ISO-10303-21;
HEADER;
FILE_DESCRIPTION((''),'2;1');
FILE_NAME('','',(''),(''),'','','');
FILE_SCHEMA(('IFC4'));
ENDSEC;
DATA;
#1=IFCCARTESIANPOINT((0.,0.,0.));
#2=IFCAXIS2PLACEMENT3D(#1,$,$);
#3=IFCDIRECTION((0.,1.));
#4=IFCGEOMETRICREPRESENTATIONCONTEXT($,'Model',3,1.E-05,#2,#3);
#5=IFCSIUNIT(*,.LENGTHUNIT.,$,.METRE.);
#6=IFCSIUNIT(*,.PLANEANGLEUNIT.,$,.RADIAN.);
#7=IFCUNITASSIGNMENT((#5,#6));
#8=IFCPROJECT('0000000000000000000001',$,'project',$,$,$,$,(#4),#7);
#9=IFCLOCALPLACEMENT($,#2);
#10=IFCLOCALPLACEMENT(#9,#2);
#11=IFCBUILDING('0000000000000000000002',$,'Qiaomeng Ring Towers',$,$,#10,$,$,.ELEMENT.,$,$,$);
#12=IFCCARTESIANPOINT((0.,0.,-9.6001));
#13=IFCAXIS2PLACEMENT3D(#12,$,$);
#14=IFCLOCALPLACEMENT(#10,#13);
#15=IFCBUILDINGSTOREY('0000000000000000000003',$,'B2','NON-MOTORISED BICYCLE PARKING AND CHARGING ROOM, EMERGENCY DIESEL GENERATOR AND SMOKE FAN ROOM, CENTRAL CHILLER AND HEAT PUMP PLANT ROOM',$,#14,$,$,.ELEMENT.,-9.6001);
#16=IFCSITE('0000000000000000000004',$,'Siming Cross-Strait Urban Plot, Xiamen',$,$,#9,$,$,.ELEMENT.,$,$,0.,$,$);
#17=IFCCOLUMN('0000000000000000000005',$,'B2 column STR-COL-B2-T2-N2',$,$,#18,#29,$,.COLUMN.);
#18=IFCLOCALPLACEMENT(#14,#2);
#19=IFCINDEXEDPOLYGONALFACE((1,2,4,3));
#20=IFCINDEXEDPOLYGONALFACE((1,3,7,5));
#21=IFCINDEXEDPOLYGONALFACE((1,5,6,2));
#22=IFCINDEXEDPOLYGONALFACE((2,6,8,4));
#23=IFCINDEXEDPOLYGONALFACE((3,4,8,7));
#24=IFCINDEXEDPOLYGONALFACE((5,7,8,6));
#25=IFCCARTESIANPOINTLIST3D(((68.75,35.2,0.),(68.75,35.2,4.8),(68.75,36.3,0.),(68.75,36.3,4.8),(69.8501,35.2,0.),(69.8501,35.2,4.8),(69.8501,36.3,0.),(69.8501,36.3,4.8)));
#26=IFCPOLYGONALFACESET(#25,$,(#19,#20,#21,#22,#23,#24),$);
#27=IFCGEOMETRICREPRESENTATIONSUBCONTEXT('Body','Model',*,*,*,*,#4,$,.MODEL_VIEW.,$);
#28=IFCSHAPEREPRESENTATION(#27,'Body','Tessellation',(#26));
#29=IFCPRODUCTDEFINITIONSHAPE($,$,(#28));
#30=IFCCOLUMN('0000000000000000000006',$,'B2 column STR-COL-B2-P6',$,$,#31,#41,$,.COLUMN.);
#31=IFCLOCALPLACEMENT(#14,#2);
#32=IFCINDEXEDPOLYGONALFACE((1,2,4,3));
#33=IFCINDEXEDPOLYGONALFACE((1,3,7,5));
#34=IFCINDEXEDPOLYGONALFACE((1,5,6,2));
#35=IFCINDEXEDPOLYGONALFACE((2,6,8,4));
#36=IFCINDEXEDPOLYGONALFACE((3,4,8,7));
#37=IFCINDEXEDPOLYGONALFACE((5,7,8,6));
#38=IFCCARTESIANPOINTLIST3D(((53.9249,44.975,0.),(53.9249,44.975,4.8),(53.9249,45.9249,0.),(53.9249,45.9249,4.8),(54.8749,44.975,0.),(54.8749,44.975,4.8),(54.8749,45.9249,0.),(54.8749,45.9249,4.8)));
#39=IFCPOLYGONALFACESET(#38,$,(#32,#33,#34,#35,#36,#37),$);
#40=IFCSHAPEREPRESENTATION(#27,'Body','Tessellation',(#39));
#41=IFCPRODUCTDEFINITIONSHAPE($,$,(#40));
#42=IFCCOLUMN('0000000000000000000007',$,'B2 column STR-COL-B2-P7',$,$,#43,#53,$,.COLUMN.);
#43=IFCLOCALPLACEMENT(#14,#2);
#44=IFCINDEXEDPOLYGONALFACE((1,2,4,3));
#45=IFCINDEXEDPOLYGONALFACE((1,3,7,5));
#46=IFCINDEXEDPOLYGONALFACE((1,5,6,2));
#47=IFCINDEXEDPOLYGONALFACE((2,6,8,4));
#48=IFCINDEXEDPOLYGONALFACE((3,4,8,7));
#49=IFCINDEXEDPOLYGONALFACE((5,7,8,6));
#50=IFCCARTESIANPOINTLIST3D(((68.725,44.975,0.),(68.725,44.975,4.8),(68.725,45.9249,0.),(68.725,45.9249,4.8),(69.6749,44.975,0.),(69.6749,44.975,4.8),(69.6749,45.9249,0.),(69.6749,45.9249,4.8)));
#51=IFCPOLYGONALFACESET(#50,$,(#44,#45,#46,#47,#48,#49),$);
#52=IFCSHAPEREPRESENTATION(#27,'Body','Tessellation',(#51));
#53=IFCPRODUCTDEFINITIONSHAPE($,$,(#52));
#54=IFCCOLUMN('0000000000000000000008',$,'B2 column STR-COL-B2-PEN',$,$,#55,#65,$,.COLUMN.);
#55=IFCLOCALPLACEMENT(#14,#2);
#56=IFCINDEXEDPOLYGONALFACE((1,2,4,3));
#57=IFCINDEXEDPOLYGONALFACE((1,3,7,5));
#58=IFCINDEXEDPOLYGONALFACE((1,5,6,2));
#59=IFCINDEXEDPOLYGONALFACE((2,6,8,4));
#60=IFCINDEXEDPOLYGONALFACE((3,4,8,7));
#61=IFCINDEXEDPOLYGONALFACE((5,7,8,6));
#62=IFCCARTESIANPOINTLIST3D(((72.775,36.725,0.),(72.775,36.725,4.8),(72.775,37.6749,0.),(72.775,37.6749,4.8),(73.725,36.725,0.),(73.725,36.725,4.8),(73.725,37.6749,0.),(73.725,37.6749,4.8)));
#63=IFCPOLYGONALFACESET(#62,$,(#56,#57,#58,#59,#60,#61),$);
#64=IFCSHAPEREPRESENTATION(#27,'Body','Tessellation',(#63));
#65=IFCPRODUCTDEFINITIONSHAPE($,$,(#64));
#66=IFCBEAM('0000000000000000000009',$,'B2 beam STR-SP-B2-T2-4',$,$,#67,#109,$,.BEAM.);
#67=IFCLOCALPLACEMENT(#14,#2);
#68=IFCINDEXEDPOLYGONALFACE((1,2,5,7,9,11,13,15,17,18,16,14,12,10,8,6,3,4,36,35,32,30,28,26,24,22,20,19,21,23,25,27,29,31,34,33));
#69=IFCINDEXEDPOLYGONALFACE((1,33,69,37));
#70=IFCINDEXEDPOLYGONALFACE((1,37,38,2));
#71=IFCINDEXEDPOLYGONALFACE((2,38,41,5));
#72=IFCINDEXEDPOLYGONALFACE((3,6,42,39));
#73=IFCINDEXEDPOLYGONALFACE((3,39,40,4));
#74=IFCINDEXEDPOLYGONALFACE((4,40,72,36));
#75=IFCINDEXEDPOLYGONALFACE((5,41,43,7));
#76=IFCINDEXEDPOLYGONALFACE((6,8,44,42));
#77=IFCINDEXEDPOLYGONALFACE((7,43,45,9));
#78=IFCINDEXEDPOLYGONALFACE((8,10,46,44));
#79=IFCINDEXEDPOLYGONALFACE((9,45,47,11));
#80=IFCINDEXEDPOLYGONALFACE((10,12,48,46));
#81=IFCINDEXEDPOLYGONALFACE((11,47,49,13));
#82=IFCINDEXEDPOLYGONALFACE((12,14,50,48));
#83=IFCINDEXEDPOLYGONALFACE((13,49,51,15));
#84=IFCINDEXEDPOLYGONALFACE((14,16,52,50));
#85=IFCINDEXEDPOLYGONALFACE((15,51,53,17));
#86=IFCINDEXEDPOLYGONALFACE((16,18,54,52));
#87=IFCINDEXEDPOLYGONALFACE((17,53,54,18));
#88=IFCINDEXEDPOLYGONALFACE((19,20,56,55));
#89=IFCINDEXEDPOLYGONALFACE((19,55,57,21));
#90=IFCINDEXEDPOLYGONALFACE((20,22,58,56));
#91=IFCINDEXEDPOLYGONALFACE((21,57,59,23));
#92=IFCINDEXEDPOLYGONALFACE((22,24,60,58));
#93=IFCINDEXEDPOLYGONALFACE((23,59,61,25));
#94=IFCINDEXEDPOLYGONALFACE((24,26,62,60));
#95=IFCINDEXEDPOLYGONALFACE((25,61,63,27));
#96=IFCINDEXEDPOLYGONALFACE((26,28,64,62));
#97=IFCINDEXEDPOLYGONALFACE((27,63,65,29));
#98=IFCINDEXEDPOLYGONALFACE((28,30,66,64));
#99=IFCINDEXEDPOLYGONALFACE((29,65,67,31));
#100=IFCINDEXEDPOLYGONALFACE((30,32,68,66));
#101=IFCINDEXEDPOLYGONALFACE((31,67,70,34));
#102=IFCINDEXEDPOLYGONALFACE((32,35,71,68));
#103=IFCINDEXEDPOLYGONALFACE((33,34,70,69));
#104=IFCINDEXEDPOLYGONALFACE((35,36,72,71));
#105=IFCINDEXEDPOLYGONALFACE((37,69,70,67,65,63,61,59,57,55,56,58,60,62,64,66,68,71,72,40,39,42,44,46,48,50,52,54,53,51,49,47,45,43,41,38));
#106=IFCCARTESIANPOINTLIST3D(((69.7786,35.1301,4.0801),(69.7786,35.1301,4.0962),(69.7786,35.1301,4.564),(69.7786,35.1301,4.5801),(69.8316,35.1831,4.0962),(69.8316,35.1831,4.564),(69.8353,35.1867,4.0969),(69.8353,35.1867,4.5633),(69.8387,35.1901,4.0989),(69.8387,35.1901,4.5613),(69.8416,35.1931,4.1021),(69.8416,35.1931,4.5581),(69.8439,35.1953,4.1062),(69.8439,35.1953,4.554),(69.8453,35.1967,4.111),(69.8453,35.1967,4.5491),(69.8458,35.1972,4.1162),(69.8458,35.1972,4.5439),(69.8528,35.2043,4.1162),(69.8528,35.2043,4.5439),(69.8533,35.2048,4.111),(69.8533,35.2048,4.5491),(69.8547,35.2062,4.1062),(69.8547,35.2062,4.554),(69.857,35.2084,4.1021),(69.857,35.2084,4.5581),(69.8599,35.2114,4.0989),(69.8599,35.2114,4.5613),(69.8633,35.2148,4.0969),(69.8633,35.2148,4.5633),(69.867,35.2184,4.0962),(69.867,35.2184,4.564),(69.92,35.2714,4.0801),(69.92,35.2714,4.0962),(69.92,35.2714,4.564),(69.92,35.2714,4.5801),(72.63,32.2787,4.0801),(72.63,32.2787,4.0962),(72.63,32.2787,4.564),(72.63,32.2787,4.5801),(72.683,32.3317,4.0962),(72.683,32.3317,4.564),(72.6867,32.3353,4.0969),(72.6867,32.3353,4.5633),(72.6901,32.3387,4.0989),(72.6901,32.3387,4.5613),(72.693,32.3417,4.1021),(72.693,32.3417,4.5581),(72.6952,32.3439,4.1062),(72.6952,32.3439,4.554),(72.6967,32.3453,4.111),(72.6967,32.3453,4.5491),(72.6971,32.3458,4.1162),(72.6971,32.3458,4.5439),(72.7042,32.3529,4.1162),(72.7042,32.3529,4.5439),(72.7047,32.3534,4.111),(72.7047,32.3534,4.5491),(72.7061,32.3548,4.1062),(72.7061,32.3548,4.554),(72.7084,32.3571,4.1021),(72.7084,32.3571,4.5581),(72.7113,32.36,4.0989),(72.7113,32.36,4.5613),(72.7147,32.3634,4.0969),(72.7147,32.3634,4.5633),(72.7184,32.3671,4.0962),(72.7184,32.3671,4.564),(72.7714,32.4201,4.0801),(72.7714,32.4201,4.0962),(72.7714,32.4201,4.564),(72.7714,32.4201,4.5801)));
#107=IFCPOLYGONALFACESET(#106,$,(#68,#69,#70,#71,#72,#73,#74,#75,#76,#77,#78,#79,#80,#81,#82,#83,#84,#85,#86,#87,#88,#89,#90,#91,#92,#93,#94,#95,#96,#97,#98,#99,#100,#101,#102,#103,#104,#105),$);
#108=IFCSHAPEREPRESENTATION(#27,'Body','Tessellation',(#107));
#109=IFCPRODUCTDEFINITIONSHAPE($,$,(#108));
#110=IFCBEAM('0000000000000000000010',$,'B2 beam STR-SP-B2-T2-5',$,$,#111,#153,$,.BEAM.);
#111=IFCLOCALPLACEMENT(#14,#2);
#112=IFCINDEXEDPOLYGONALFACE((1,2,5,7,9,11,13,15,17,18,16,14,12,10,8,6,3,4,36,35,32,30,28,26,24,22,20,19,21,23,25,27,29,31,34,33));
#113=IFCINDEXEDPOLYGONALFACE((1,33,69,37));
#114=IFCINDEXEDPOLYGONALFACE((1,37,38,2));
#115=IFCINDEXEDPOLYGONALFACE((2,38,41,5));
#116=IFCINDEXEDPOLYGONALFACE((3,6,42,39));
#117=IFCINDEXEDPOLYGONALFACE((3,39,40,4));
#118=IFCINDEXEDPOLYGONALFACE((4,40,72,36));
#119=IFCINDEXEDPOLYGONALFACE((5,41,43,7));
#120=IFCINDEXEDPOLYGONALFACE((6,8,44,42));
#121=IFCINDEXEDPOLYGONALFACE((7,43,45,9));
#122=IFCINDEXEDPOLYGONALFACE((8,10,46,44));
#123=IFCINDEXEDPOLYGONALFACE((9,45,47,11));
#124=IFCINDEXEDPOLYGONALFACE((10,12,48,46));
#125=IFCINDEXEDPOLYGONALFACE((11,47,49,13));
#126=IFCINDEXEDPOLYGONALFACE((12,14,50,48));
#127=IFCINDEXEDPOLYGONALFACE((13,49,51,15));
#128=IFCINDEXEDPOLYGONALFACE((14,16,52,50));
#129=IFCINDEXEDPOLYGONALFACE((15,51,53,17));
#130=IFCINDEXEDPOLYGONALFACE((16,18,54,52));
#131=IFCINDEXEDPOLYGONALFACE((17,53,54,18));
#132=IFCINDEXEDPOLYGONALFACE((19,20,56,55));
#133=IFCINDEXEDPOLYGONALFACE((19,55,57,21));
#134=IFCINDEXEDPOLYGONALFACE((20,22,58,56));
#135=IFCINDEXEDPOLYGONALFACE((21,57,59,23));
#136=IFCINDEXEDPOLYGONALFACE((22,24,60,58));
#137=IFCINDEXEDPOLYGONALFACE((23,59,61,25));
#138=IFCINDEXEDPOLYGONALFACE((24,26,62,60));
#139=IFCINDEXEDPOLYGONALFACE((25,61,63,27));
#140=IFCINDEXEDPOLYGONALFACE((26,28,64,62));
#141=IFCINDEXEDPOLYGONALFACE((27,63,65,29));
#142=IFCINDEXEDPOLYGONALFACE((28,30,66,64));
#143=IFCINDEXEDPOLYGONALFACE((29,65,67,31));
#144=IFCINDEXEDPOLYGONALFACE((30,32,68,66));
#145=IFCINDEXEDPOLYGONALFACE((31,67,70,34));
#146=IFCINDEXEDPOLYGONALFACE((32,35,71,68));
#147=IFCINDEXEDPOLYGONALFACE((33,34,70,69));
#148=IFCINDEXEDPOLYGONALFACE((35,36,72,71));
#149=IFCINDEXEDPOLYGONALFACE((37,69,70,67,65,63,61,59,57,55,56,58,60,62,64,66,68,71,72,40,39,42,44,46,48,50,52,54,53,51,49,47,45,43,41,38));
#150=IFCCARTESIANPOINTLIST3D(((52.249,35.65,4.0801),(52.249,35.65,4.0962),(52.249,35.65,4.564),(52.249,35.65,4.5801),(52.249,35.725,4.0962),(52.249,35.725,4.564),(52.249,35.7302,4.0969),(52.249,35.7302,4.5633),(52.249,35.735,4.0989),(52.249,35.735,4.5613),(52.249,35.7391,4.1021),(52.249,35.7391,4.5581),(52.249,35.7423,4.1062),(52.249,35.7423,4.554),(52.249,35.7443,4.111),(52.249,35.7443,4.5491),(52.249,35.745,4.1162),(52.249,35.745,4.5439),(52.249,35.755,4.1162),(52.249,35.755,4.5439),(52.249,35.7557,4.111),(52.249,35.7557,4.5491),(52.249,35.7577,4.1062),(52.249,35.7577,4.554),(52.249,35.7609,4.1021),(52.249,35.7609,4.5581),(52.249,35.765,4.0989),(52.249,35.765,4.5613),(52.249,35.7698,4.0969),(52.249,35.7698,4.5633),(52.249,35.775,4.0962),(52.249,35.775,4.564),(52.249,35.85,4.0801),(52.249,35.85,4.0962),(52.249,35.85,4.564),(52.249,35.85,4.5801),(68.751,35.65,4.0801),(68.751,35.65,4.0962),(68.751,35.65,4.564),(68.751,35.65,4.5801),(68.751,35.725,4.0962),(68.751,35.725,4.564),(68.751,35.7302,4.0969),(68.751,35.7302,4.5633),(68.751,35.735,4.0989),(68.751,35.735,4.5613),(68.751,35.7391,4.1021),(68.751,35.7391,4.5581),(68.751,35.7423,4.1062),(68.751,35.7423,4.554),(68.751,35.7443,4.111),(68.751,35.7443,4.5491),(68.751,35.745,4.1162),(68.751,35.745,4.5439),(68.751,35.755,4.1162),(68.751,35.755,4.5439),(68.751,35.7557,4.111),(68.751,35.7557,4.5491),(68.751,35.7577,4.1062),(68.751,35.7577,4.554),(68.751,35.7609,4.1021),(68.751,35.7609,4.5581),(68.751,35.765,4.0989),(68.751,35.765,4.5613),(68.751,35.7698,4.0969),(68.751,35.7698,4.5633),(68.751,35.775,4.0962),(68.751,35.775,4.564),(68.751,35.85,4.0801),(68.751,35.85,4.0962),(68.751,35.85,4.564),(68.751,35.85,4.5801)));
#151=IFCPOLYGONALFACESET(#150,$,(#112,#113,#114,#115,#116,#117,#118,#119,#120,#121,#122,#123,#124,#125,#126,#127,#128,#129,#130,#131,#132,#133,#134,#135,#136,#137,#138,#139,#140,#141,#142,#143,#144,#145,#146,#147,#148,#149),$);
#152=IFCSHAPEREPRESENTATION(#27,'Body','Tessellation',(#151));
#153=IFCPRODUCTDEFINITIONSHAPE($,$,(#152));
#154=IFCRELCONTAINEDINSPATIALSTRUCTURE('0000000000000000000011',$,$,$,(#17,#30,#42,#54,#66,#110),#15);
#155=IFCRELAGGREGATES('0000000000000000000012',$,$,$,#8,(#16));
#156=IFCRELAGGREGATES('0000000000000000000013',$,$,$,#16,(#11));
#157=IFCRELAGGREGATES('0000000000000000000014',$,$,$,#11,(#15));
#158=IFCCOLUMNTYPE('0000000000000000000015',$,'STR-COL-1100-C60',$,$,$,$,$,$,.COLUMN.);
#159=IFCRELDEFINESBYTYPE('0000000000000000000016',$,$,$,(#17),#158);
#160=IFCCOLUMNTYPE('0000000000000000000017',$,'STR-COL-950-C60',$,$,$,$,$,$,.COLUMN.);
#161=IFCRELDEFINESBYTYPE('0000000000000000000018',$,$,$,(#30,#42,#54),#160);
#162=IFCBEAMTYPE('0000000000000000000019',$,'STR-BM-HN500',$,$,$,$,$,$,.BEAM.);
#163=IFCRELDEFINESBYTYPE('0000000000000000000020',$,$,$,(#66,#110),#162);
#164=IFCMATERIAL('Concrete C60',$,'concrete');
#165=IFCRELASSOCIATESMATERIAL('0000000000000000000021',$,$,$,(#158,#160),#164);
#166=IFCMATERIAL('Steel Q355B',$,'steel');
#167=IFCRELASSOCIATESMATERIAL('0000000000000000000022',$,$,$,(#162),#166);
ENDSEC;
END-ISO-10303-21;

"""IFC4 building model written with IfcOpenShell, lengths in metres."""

from ifc_helpers import new_model, si_unit, direction, frame, origin, origin_2d, place, context, subcontext, project, spatial, rectangle, i_section, extrude, source, transform, mapped, material, material_profile, profile_set, type_object, element, save


model = new_model("IFC4")

# Units and contexts
model_context = context("Model", 3, precision=1e-05, world=origin(), true_north=direction((0.0, 1.0)))
body_context = subcontext(model_context, "Body", "Model", "MODEL_VIEW")
ifc_project = project(units=[si_unit("LENGTHUNIT", "METRE"), si_unit("PLANEANGLEUNIT", "RADIAN")], contexts=[model_context])

# Site, building, storey
site_placement = place(None, origin())
site = spatial("IfcSite", under=ifc_project, at=site_placement, Name="Siming Cross-Strait Urban Plot, Xiamen", CompositionType="ELEMENT", RefElevation=0.0)
building_placement = place(site_placement, origin())
building = spatial("IfcBuilding", under=site, at=building_placement, Name="Qiaomeng Ring Towers", CompositionType="ELEMENT")
storey_placement = place(building_placement, frame((0.0, 0.0, -9.6001)))
storey = spatial("IfcBuildingStorey", under=building, at=storey_placement, Name="B2", Description="NON-MOTORISED BICYCLE PARKING AND CHARGING ROOM, EMERGENCY DIESEL GENERATOR AND SMOKE FAN ROOM, CENTRAL CHILLER AND HEAT PUMP PLANT ROOM", CompositionType="ELEMENT", Elevation=-9.6001)

# Columns
ifc_material_1 = material(Name="Concrete C60", Category="concrete")
ifc_material_profile_1 = material_profile(ifc_material_1, rectangle(XDim=1.1001, YDim=1.1001, at=origin_2d()), Name="RC COL 1100x1100")
ifc_profile_set_1 = profile_set([ifc_material_profile_1], Name="Concrete C60")
column_type_1 = type_object("IfcColumnType", Name="STR-COL-1100-C60", PredefinedType="COLUMN", material=ifc_profile_set_1)
shared_shape_1 = source(origin(), body_context, "Body", "SweptSolid", [
    extrude(rectangle(XDim=1.1001, YDim=1.1001, at=origin_2d()), origin(), (0.0, 0.0, 1.0), 4.8),
])
column_placement = place(storey_placement, frame((69.3, 35.75, 0.0), z_axis=(0.0, 0.0, 1.0), x_axis=(1.0, 0.0, 0.0)))
element("IfcColumn", 1, at=column_placement, inside=storey, type_object=column_type_1, Name="B2 column STR-COL-B2-T2-N2", PredefinedType="COLUMN", context=body_context, shape_type="MappedRepresentation", body=[
    mapped(shared_shape_1, transform((0.0, 0.0, 0.0), x_axis=(1.0, 0.0, 0.0), y_axis=(0.0, 1.0, 0.0), z_axis=(0.0, 0.0, 1.0), scale=1.0)),
])
ifc_material_profile_2 = material_profile(ifc_material_1, rectangle(XDim=0.95, YDim=0.95, at=origin_2d()), Name="RC COL 950x950")
ifc_profile_set_2 = profile_set([ifc_material_profile_2], Name="Concrete C60")
column_type_2 = type_object("IfcColumnType", Name="STR-COL-950-C60", PredefinedType="COLUMN", material=ifc_profile_set_2)
shared_shape_2 = source(origin(), body_context, "Body", "SweptSolid", [
    extrude(rectangle(XDim=0.95, YDim=0.95, at=origin_2d()), origin(), (0.0, 0.0, 1.0), 4.8),
])
for number, where, z_axis, x_axis, name in (
    (2, (54.3999, 45.45, 0.0), (0.0, 0.0, 1.0), (1.0, 0.0, 0.0), "B2 column STR-COL-B2-P6"),
    (3, (69.2, 45.45, 0.0), (0.0, 0.0, 1.0), (1.0, 0.0, 0.0), "B2 column STR-COL-B2-P7"),
    (4, (73.25, 37.2, 0.0), (0.0, 0.0, 1.0), (1.0, 0.0, 0.0), "B2 column STR-COL-B2-PEN"),
):
    element("IfcColumn", number, at=place(storey_placement, frame(where, z_axis=z_axis, x_axis=x_axis)), inside=storey, type_object=column_type_2, Name=name, PredefinedType="COLUMN", context=body_context, shape_type="MappedRepresentation", body=[
        mapped(shared_shape_2, transform((0.0, 0.0, 0.0), x_axis=(1.0, 0.0, 0.0), y_axis=(0.0, 1.0, 0.0), z_axis=(0.0, 0.0, 1.0), scale=1.0)),
    ])

# Beams
ifc_material_2 = material(Name="Steel Q355B", Category="steel")
ifc_material_profile_3 = material_profile(ifc_material_2, i_section(OverallWidth=0.2, OverallDepth=0.5, WebThickness=0.01, FlangeThickness=0.0161, FilletRadius=0.02, at=origin_2d()), Name="HN 500x200x10x16")
ifc_profile_set_3 = profile_set([ifc_material_profile_3], Name="Steel Q355B")
beam_type = type_object("IfcBeamType", Name="STR-BM-HN500", PredefinedType="BEAM", material=ifc_profile_set_3)
shared_shape_3 = source(origin(), body_context, "Body", "SweptSolid", [
    extrude(i_section(OverallWidth=0.2, OverallDepth=0.5, WebThickness=0.01, FlangeThickness=0.0161, FilletRadius=0.02, at=origin_2d()), origin(), (0.0, 0.0, 1.0), 4.0325),
])
beam_1_placement = place(storey_placement, frame((72.7007, 32.3494, 4.3301), z_axis=(-0.707107, 0.707107, 0.0), x_axis=(-0.707107, -0.707107, 0.0)))
element("IfcBeam", 5, at=beam_1_placement, inside=storey, type_object=beam_type, Name="B2 beam STR-SP-B2-T2-4", PredefinedType="BEAM", context=body_context, shape_type="MappedRepresentation", body=[
    mapped(shared_shape_3, transform((0.0, 0.0, 0.0), x_axis=(1.0, 0.0, 0.0), y_axis=(0.0, 1.0, 0.0), z_axis=(0.0, 0.0, 1.0), scale=1.0)),
])
shared_shape_4 = source(origin(), body_context, "Body", "SweptSolid", [
    extrude(i_section(OverallWidth=0.2, OverallDepth=0.5, WebThickness=0.01, FlangeThickness=0.0161, FilletRadius=0.02, at=origin_2d()), origin(), (0.0, 0.0, 1.0), 16.502),
])
beam_2_placement = place(storey_placement, frame((68.751, 35.75, 4.3301), z_axis=(-1.0, 0.0, 0.0), x_axis=(0.0, -1.0, 0.0)))
element("IfcBeam", 6, at=beam_2_placement, inside=storey, type_object=beam_type, Name="B2 beam STR-SP-B2-T2-5", PredefinedType="BEAM", context=body_context, shape_type="MappedRepresentation", body=[
    mapped(shared_shape_4, transform((0.0, 0.0, 0.0), x_axis=(1.0, 0.0, 0.0), y_axis=(0.0, 1.0, 0.0), z_axis=(0.0, 0.0, 1.0), scale=1.0)),
])

save(model, "model.ifc")
